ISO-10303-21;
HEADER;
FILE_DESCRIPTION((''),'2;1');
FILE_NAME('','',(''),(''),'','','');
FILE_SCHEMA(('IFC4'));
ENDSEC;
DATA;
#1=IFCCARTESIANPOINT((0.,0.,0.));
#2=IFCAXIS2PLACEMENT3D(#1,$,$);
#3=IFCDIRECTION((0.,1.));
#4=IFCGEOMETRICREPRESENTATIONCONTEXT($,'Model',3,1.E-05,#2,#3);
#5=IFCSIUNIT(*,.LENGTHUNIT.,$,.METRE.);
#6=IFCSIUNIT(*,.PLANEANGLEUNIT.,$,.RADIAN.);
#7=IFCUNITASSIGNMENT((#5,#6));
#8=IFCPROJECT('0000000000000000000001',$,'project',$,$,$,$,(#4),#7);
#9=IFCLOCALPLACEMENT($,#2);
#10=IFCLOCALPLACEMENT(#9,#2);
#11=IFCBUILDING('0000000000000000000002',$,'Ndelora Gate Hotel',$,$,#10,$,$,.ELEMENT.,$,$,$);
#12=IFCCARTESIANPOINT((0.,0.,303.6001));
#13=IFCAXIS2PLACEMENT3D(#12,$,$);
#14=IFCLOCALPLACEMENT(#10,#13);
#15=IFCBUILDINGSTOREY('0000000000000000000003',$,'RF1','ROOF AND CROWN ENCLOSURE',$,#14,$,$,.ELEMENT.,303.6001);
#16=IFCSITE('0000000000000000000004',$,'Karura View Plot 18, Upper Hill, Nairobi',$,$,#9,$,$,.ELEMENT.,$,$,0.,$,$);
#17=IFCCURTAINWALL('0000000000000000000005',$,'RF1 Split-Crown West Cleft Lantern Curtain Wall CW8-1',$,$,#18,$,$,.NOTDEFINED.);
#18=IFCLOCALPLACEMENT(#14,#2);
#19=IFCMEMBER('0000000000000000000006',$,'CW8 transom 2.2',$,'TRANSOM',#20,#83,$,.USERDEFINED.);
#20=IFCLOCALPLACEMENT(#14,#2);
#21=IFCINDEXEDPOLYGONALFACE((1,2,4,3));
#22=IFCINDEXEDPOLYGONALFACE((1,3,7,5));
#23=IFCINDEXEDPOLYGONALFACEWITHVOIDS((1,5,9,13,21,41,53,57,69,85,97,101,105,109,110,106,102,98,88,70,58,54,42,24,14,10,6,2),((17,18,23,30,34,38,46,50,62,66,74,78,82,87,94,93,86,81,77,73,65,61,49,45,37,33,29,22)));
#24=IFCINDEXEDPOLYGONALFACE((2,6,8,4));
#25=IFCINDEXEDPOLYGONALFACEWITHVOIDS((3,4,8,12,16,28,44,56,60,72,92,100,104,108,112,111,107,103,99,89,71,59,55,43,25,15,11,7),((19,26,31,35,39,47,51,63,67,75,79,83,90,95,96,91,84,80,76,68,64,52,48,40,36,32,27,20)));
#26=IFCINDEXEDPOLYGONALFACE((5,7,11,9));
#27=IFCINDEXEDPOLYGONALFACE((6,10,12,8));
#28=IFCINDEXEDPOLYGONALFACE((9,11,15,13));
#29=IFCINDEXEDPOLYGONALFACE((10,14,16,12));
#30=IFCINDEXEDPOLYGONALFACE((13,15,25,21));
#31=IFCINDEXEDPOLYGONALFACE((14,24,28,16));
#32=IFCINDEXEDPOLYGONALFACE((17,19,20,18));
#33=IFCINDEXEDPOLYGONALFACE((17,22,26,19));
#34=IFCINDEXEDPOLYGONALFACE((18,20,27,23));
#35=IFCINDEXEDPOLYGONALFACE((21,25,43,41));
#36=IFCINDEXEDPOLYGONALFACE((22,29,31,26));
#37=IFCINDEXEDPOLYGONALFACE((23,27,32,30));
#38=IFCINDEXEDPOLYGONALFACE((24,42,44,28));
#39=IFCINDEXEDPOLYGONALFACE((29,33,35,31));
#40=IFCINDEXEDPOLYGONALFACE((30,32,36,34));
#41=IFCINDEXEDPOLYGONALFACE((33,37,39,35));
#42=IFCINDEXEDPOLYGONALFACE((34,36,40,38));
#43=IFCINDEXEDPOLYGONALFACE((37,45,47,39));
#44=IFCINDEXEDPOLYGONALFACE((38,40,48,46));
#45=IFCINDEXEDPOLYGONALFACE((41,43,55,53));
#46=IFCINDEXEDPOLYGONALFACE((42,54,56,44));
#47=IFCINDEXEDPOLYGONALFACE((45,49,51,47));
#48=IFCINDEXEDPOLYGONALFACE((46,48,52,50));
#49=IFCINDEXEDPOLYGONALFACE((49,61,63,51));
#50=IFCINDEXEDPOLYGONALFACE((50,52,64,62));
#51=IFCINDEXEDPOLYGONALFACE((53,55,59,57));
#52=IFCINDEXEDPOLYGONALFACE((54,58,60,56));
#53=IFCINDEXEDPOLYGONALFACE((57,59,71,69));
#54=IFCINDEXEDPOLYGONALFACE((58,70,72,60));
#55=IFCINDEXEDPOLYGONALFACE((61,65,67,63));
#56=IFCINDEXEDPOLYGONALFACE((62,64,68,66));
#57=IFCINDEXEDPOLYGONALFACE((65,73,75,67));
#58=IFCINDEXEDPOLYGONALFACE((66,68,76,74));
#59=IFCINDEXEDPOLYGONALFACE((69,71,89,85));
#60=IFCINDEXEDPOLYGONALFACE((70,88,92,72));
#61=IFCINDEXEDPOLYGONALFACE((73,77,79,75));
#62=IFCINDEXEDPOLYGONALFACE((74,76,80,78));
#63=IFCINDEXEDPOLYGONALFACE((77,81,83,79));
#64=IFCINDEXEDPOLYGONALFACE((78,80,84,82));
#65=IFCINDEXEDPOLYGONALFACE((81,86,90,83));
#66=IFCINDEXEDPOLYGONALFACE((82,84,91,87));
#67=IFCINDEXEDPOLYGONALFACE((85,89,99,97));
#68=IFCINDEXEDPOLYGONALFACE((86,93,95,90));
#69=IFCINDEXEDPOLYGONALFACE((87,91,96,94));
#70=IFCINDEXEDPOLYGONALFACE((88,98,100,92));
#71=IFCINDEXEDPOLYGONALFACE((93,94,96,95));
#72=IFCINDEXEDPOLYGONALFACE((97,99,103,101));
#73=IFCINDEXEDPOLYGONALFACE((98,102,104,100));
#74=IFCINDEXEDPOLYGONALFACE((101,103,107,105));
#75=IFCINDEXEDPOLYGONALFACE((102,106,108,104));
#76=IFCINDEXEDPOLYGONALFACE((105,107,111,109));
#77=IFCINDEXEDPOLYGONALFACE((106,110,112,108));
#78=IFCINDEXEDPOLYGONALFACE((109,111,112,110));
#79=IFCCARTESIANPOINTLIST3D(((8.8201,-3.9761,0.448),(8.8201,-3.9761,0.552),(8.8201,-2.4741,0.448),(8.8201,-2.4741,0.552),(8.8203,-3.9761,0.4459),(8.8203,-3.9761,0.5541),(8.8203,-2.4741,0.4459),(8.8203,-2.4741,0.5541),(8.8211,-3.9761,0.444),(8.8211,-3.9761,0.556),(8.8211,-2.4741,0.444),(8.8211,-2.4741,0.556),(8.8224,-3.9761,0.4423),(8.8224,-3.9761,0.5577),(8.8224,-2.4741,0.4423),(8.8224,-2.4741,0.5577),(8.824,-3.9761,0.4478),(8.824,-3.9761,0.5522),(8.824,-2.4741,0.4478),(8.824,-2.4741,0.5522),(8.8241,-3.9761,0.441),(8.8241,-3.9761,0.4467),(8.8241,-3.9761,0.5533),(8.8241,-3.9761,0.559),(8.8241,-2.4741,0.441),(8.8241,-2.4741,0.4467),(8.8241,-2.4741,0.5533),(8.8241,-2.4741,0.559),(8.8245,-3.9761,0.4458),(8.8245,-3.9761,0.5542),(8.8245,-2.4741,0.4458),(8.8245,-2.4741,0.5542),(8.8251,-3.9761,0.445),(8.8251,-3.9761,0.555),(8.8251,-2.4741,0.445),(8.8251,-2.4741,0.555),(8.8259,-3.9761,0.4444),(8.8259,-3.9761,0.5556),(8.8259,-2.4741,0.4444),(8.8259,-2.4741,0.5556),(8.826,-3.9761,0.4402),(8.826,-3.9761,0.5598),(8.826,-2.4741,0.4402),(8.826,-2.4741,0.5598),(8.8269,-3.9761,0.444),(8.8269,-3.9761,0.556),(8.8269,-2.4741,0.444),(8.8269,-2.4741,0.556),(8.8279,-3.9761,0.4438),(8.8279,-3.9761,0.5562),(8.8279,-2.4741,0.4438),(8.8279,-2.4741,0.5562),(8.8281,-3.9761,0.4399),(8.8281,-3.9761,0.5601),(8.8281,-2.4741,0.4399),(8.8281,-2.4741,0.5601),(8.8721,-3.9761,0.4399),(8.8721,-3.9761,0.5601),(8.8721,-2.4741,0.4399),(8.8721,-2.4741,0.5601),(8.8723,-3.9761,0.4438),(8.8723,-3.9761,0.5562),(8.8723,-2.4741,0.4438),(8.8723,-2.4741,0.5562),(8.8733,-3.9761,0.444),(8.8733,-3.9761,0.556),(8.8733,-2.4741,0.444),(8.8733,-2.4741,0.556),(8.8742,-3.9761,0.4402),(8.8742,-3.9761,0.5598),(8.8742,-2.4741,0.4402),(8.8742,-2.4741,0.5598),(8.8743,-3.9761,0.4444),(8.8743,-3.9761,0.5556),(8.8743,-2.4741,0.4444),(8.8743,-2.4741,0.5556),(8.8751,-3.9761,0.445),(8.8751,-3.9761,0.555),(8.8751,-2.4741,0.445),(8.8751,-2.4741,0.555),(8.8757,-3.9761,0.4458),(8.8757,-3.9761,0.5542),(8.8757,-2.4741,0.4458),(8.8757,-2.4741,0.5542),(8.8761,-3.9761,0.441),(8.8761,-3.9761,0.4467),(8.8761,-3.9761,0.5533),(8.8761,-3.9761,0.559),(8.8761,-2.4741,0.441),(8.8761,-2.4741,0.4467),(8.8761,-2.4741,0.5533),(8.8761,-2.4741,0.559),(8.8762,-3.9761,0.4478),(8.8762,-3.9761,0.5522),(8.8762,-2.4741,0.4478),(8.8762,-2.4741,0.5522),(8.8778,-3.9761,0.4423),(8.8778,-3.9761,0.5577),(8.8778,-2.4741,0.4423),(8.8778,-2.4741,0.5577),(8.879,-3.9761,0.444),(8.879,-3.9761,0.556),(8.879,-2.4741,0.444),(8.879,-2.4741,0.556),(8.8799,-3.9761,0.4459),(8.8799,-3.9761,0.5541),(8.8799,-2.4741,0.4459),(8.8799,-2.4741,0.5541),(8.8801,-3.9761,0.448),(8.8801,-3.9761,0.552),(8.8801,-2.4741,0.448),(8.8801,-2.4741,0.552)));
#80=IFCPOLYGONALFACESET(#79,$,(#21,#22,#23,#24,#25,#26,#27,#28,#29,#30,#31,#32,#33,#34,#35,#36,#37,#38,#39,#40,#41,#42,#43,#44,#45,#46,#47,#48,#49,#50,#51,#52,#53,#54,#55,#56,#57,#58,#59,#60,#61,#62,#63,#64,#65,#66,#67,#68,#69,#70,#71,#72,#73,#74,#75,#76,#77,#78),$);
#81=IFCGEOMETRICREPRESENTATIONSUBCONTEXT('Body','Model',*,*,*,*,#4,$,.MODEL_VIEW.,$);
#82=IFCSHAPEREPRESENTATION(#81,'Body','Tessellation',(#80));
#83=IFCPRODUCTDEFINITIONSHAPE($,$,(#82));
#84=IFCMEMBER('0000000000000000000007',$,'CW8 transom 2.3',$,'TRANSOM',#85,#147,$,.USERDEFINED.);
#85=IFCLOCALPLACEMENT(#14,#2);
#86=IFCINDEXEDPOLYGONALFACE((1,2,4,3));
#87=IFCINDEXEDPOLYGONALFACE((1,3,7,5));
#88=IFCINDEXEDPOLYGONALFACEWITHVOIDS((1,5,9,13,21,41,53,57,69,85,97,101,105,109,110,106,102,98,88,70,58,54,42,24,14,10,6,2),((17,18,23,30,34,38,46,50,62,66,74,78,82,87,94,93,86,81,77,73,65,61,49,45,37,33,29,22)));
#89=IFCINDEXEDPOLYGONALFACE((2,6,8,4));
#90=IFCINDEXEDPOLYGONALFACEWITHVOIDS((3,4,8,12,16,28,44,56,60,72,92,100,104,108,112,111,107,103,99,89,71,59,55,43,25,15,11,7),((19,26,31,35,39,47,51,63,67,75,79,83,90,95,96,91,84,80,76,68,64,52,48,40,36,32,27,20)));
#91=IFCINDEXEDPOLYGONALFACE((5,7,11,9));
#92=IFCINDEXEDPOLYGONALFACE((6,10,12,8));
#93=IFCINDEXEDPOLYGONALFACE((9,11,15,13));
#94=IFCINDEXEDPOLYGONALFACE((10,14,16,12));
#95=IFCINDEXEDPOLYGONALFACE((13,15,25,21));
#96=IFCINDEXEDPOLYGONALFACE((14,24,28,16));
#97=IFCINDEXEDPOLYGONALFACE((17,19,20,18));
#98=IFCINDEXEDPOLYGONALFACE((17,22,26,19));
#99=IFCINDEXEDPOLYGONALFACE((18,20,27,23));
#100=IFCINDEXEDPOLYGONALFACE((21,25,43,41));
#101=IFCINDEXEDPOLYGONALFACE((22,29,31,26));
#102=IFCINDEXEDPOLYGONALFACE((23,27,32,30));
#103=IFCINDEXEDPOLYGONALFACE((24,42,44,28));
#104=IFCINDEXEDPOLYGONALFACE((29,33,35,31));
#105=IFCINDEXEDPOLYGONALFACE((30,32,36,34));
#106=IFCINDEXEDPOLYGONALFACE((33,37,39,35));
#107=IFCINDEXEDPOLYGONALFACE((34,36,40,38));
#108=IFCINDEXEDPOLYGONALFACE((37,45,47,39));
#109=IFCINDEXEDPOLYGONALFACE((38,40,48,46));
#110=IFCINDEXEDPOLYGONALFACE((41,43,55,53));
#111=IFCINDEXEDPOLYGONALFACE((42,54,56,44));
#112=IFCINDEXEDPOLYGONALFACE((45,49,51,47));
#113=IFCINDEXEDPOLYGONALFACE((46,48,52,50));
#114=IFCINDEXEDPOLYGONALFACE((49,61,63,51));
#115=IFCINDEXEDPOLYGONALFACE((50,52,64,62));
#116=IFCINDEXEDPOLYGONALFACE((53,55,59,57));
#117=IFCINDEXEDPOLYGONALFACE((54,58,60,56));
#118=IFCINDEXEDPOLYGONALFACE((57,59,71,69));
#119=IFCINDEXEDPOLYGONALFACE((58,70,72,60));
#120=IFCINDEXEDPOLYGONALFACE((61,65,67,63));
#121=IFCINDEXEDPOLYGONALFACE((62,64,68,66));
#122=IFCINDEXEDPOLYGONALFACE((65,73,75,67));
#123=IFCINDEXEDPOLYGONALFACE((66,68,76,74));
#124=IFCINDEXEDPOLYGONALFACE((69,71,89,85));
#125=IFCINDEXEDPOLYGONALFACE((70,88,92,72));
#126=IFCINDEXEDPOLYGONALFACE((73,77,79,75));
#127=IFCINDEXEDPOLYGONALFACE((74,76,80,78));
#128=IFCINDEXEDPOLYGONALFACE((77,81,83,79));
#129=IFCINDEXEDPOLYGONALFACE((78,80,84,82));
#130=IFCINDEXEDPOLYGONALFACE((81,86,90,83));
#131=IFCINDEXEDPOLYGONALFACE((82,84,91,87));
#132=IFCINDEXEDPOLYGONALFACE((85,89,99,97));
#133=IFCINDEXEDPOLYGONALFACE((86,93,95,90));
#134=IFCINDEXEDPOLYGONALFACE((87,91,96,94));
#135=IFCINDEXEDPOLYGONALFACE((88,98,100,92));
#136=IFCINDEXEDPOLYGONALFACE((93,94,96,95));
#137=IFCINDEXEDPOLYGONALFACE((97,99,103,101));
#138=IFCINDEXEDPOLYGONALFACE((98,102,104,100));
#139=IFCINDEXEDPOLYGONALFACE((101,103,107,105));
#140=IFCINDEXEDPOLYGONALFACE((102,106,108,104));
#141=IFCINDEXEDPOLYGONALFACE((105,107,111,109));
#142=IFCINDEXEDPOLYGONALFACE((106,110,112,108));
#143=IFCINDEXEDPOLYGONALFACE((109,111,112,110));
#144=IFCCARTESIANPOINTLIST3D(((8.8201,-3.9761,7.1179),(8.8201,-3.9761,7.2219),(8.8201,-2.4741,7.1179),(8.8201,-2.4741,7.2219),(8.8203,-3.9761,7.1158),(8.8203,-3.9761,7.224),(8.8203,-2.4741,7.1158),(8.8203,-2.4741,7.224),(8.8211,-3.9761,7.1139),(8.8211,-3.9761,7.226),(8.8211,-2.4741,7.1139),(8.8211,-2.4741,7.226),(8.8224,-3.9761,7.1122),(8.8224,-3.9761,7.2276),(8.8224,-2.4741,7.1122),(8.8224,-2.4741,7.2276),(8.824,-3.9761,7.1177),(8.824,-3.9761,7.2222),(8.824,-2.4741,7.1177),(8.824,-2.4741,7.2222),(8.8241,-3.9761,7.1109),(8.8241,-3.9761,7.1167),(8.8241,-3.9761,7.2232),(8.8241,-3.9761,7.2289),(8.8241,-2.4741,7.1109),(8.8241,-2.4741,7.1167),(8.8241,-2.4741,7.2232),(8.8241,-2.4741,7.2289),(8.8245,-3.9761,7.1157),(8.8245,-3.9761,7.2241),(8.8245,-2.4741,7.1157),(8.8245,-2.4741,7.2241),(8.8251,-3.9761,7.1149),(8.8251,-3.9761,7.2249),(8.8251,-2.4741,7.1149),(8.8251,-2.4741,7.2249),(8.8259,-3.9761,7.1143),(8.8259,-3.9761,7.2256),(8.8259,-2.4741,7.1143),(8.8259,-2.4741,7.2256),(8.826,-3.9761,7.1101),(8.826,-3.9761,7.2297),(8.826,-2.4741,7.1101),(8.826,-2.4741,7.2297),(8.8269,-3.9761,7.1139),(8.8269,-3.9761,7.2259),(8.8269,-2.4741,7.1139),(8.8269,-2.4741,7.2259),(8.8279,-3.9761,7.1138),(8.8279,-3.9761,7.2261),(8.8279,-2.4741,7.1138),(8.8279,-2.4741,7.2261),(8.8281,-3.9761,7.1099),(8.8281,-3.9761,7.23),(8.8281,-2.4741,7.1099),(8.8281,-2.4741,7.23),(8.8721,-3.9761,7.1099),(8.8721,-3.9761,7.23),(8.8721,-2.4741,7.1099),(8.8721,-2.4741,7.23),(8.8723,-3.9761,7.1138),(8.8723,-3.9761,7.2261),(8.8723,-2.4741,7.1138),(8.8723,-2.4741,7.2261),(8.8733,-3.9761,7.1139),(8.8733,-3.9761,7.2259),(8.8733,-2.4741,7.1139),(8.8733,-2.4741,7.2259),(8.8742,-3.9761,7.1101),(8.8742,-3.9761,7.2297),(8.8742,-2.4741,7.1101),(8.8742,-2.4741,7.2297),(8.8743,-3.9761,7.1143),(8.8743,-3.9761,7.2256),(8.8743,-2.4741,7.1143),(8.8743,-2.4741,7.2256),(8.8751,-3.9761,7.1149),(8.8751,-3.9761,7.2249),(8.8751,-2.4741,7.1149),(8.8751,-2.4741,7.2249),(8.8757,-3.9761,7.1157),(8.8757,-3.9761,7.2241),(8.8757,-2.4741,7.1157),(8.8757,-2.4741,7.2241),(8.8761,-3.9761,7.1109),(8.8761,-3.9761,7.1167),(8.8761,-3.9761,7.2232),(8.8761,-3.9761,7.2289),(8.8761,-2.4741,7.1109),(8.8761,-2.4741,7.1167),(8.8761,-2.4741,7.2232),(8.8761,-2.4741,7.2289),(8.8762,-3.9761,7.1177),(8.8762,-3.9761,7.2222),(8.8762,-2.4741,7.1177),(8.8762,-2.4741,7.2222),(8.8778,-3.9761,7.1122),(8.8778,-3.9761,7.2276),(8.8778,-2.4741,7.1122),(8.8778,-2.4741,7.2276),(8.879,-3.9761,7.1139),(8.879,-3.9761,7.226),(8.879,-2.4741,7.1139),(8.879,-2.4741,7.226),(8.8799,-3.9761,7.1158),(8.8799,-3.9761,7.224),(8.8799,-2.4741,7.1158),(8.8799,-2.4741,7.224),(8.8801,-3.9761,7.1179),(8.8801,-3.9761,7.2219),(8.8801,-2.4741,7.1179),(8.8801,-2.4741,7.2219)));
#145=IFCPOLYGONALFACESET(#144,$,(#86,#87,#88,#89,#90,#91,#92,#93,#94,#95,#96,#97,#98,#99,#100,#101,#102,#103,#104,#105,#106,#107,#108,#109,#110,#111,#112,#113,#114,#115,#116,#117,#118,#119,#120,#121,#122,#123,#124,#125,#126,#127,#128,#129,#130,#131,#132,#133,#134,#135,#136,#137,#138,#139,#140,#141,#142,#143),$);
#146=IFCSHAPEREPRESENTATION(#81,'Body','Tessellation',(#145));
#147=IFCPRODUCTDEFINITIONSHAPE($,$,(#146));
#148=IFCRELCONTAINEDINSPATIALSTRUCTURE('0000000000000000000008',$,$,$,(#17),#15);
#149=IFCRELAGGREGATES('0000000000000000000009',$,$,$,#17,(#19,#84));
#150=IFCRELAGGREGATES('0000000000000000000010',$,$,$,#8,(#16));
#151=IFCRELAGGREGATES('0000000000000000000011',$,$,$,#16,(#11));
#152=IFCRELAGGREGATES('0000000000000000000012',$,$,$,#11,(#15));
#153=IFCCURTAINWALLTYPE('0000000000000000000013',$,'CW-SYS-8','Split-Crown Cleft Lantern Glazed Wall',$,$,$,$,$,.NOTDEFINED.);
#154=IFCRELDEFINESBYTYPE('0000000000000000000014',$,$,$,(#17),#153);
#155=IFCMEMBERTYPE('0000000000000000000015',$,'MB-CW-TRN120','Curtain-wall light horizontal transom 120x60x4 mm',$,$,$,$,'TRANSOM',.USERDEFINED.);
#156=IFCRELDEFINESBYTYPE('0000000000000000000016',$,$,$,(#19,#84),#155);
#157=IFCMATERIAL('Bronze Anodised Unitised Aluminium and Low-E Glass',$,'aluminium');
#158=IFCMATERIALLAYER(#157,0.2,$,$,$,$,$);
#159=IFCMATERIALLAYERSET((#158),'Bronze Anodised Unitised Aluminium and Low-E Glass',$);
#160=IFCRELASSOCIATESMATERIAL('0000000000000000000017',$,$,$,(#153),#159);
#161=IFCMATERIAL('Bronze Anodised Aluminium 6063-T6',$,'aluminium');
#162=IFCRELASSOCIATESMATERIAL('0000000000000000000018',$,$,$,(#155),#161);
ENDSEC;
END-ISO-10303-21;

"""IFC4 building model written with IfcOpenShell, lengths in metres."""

from ifc_helpers import new_model, si_unit, direction, frame, origin, origin_2d, place, context, subcontext, project, spatial, hollow_rectangle, extrude, material, layer, layer_set, material_profile, profile_set, type_object, element, aggregate, save


model = new_model("IFC4")

# Units and contexts
model_context = context("Model", 3, precision=1e-05, world=origin(), true_north=direction((0.0, 1.0)))
body_context = subcontext(model_context, "Body", "Model", "MODEL_VIEW")
ifc_project = project(units=[si_unit("LENGTHUNIT", "METRE"), si_unit("PLANEANGLEUNIT", "RADIAN")], contexts=[model_context])

# Site, building, storey
site_placement = place(None, origin())
site = spatial("IfcSite", under=ifc_project, at=site_placement, Name="Karura View Plot 18, Upper Hill, Nairobi", CompositionType="ELEMENT", RefElevation=0.0)
building_placement = place(site_placement, origin())
building = spatial("IfcBuilding", under=site, at=building_placement, Name="Ndelora Gate Hotel", CompositionType="ELEMENT")
storey_placement = place(building_placement, frame((0.0, 0.0, 303.6001)))
storey = spatial("IfcBuildingStorey", under=building, at=storey_placement, Name="RF1", Description="ROOF AND CROWN ENCLOSURE", CompositionType="ELEMENT", Elevation=303.6001)

# Curtain wall
ifc_material_1 = material(Name="Bronze Anodised Unitised Aluminium and Low-E Glass", Category="aluminium")
ifc_layer_1 = layer(ifc_material_1, 0.2)
ifc_layer_set_1 = layer_set([ifc_layer_1], Name="Bronze Anodised Unitised Aluminium and Low-E Glass")
curtain_wall_type = type_object("IfcCurtainWallType", Name="CW-SYS-8", Description="Split-Crown Cleft Lantern Glazed Wall", PredefinedType="NOTDEFINED", material=ifc_layer_set_1)
curtain_wall_1_placement = place(storey_placement, origin())
curtain_wall_1 = element("IfcCurtainWall", 1, at=curtain_wall_1_placement, inside=storey, type_object=curtain_wall_type, Name="RF1 Split-Crown West Cleft Lantern Curtain Wall CW8-1", PredefinedType="NOTDEFINED")
ifc_material_2 = material(Name="Bronze Anodised Aluminium 6063-T6", Category="aluminium")

# Members
ifc_material_profile_1 = material_profile(ifc_material_2, hollow_rectangle(XDim=0.0601, YDim=0.1201, WallThickness=0.0039, InnerFilletRadius=0.0039, OuterFilletRadius=0.0081, at=origin_2d()), Name="ALU 120x60x4")
ifc_profile_set_1 = profile_set([ifc_material_profile_1], Name="Bronze Anodised Aluminium 6063-T6")
member_type_1 = type_object("IfcMemberType", Name="MB-CW-TRN120", Description="Curtain-wall light horizontal transom 120x60x4 mm", ElementType="TRANSOM", PredefinedType="USERDEFINED", material=ifc_profile_set_1)
member_1_placement = place(storey_placement, frame((8.8501, -3.9761, 0.5), z_axis=(0.0, 1.0, 0.0), x_axis=(-1.0, 0.0, 0.0)))
member_1 = element("IfcMember", 2, at=member_1_placement, type_object=member_type_1, Name="CW8 transom 2.2", ObjectType="TRANSOM", PredefinedType="USERDEFINED", context=body_context, shape_type="SweptSolid", body=[
    extrude(hollow_rectangle(XDim=0.0601, YDim=0.1201, WallThickness=0.0039, InnerFilletRadius=0.0039, OuterFilletRadius=0.0081, at=origin_2d()), origin(), (0.0, 0.0, 1.0), 1.502),
])
member_2_placement = place(storey_placement, frame((8.8501, -3.9761, 7.1699), z_axis=(0.0, 1.0, 0.0), x_axis=(-1.0, 0.0, 0.0)))
member_2 = element("IfcMember", 3, at=member_2_placement, type_object=member_type_1, Name="CW8 transom 2.3", ObjectType="TRANSOM", PredefinedType="USERDEFINED", context=body_context, shape_type="SweptSolid", body=[
    extrude(hollow_rectangle(XDim=0.0601, YDim=0.1201, WallThickness=0.0039, InnerFilletRadius=0.0039, OuterFilletRadius=0.0081, at=origin_2d()), origin(), (0.0, 0.0, 1.0), 1.502),
])

aggregate(curtain_wall_1, [member_1, member_2])

save(model, "model.ifc")
